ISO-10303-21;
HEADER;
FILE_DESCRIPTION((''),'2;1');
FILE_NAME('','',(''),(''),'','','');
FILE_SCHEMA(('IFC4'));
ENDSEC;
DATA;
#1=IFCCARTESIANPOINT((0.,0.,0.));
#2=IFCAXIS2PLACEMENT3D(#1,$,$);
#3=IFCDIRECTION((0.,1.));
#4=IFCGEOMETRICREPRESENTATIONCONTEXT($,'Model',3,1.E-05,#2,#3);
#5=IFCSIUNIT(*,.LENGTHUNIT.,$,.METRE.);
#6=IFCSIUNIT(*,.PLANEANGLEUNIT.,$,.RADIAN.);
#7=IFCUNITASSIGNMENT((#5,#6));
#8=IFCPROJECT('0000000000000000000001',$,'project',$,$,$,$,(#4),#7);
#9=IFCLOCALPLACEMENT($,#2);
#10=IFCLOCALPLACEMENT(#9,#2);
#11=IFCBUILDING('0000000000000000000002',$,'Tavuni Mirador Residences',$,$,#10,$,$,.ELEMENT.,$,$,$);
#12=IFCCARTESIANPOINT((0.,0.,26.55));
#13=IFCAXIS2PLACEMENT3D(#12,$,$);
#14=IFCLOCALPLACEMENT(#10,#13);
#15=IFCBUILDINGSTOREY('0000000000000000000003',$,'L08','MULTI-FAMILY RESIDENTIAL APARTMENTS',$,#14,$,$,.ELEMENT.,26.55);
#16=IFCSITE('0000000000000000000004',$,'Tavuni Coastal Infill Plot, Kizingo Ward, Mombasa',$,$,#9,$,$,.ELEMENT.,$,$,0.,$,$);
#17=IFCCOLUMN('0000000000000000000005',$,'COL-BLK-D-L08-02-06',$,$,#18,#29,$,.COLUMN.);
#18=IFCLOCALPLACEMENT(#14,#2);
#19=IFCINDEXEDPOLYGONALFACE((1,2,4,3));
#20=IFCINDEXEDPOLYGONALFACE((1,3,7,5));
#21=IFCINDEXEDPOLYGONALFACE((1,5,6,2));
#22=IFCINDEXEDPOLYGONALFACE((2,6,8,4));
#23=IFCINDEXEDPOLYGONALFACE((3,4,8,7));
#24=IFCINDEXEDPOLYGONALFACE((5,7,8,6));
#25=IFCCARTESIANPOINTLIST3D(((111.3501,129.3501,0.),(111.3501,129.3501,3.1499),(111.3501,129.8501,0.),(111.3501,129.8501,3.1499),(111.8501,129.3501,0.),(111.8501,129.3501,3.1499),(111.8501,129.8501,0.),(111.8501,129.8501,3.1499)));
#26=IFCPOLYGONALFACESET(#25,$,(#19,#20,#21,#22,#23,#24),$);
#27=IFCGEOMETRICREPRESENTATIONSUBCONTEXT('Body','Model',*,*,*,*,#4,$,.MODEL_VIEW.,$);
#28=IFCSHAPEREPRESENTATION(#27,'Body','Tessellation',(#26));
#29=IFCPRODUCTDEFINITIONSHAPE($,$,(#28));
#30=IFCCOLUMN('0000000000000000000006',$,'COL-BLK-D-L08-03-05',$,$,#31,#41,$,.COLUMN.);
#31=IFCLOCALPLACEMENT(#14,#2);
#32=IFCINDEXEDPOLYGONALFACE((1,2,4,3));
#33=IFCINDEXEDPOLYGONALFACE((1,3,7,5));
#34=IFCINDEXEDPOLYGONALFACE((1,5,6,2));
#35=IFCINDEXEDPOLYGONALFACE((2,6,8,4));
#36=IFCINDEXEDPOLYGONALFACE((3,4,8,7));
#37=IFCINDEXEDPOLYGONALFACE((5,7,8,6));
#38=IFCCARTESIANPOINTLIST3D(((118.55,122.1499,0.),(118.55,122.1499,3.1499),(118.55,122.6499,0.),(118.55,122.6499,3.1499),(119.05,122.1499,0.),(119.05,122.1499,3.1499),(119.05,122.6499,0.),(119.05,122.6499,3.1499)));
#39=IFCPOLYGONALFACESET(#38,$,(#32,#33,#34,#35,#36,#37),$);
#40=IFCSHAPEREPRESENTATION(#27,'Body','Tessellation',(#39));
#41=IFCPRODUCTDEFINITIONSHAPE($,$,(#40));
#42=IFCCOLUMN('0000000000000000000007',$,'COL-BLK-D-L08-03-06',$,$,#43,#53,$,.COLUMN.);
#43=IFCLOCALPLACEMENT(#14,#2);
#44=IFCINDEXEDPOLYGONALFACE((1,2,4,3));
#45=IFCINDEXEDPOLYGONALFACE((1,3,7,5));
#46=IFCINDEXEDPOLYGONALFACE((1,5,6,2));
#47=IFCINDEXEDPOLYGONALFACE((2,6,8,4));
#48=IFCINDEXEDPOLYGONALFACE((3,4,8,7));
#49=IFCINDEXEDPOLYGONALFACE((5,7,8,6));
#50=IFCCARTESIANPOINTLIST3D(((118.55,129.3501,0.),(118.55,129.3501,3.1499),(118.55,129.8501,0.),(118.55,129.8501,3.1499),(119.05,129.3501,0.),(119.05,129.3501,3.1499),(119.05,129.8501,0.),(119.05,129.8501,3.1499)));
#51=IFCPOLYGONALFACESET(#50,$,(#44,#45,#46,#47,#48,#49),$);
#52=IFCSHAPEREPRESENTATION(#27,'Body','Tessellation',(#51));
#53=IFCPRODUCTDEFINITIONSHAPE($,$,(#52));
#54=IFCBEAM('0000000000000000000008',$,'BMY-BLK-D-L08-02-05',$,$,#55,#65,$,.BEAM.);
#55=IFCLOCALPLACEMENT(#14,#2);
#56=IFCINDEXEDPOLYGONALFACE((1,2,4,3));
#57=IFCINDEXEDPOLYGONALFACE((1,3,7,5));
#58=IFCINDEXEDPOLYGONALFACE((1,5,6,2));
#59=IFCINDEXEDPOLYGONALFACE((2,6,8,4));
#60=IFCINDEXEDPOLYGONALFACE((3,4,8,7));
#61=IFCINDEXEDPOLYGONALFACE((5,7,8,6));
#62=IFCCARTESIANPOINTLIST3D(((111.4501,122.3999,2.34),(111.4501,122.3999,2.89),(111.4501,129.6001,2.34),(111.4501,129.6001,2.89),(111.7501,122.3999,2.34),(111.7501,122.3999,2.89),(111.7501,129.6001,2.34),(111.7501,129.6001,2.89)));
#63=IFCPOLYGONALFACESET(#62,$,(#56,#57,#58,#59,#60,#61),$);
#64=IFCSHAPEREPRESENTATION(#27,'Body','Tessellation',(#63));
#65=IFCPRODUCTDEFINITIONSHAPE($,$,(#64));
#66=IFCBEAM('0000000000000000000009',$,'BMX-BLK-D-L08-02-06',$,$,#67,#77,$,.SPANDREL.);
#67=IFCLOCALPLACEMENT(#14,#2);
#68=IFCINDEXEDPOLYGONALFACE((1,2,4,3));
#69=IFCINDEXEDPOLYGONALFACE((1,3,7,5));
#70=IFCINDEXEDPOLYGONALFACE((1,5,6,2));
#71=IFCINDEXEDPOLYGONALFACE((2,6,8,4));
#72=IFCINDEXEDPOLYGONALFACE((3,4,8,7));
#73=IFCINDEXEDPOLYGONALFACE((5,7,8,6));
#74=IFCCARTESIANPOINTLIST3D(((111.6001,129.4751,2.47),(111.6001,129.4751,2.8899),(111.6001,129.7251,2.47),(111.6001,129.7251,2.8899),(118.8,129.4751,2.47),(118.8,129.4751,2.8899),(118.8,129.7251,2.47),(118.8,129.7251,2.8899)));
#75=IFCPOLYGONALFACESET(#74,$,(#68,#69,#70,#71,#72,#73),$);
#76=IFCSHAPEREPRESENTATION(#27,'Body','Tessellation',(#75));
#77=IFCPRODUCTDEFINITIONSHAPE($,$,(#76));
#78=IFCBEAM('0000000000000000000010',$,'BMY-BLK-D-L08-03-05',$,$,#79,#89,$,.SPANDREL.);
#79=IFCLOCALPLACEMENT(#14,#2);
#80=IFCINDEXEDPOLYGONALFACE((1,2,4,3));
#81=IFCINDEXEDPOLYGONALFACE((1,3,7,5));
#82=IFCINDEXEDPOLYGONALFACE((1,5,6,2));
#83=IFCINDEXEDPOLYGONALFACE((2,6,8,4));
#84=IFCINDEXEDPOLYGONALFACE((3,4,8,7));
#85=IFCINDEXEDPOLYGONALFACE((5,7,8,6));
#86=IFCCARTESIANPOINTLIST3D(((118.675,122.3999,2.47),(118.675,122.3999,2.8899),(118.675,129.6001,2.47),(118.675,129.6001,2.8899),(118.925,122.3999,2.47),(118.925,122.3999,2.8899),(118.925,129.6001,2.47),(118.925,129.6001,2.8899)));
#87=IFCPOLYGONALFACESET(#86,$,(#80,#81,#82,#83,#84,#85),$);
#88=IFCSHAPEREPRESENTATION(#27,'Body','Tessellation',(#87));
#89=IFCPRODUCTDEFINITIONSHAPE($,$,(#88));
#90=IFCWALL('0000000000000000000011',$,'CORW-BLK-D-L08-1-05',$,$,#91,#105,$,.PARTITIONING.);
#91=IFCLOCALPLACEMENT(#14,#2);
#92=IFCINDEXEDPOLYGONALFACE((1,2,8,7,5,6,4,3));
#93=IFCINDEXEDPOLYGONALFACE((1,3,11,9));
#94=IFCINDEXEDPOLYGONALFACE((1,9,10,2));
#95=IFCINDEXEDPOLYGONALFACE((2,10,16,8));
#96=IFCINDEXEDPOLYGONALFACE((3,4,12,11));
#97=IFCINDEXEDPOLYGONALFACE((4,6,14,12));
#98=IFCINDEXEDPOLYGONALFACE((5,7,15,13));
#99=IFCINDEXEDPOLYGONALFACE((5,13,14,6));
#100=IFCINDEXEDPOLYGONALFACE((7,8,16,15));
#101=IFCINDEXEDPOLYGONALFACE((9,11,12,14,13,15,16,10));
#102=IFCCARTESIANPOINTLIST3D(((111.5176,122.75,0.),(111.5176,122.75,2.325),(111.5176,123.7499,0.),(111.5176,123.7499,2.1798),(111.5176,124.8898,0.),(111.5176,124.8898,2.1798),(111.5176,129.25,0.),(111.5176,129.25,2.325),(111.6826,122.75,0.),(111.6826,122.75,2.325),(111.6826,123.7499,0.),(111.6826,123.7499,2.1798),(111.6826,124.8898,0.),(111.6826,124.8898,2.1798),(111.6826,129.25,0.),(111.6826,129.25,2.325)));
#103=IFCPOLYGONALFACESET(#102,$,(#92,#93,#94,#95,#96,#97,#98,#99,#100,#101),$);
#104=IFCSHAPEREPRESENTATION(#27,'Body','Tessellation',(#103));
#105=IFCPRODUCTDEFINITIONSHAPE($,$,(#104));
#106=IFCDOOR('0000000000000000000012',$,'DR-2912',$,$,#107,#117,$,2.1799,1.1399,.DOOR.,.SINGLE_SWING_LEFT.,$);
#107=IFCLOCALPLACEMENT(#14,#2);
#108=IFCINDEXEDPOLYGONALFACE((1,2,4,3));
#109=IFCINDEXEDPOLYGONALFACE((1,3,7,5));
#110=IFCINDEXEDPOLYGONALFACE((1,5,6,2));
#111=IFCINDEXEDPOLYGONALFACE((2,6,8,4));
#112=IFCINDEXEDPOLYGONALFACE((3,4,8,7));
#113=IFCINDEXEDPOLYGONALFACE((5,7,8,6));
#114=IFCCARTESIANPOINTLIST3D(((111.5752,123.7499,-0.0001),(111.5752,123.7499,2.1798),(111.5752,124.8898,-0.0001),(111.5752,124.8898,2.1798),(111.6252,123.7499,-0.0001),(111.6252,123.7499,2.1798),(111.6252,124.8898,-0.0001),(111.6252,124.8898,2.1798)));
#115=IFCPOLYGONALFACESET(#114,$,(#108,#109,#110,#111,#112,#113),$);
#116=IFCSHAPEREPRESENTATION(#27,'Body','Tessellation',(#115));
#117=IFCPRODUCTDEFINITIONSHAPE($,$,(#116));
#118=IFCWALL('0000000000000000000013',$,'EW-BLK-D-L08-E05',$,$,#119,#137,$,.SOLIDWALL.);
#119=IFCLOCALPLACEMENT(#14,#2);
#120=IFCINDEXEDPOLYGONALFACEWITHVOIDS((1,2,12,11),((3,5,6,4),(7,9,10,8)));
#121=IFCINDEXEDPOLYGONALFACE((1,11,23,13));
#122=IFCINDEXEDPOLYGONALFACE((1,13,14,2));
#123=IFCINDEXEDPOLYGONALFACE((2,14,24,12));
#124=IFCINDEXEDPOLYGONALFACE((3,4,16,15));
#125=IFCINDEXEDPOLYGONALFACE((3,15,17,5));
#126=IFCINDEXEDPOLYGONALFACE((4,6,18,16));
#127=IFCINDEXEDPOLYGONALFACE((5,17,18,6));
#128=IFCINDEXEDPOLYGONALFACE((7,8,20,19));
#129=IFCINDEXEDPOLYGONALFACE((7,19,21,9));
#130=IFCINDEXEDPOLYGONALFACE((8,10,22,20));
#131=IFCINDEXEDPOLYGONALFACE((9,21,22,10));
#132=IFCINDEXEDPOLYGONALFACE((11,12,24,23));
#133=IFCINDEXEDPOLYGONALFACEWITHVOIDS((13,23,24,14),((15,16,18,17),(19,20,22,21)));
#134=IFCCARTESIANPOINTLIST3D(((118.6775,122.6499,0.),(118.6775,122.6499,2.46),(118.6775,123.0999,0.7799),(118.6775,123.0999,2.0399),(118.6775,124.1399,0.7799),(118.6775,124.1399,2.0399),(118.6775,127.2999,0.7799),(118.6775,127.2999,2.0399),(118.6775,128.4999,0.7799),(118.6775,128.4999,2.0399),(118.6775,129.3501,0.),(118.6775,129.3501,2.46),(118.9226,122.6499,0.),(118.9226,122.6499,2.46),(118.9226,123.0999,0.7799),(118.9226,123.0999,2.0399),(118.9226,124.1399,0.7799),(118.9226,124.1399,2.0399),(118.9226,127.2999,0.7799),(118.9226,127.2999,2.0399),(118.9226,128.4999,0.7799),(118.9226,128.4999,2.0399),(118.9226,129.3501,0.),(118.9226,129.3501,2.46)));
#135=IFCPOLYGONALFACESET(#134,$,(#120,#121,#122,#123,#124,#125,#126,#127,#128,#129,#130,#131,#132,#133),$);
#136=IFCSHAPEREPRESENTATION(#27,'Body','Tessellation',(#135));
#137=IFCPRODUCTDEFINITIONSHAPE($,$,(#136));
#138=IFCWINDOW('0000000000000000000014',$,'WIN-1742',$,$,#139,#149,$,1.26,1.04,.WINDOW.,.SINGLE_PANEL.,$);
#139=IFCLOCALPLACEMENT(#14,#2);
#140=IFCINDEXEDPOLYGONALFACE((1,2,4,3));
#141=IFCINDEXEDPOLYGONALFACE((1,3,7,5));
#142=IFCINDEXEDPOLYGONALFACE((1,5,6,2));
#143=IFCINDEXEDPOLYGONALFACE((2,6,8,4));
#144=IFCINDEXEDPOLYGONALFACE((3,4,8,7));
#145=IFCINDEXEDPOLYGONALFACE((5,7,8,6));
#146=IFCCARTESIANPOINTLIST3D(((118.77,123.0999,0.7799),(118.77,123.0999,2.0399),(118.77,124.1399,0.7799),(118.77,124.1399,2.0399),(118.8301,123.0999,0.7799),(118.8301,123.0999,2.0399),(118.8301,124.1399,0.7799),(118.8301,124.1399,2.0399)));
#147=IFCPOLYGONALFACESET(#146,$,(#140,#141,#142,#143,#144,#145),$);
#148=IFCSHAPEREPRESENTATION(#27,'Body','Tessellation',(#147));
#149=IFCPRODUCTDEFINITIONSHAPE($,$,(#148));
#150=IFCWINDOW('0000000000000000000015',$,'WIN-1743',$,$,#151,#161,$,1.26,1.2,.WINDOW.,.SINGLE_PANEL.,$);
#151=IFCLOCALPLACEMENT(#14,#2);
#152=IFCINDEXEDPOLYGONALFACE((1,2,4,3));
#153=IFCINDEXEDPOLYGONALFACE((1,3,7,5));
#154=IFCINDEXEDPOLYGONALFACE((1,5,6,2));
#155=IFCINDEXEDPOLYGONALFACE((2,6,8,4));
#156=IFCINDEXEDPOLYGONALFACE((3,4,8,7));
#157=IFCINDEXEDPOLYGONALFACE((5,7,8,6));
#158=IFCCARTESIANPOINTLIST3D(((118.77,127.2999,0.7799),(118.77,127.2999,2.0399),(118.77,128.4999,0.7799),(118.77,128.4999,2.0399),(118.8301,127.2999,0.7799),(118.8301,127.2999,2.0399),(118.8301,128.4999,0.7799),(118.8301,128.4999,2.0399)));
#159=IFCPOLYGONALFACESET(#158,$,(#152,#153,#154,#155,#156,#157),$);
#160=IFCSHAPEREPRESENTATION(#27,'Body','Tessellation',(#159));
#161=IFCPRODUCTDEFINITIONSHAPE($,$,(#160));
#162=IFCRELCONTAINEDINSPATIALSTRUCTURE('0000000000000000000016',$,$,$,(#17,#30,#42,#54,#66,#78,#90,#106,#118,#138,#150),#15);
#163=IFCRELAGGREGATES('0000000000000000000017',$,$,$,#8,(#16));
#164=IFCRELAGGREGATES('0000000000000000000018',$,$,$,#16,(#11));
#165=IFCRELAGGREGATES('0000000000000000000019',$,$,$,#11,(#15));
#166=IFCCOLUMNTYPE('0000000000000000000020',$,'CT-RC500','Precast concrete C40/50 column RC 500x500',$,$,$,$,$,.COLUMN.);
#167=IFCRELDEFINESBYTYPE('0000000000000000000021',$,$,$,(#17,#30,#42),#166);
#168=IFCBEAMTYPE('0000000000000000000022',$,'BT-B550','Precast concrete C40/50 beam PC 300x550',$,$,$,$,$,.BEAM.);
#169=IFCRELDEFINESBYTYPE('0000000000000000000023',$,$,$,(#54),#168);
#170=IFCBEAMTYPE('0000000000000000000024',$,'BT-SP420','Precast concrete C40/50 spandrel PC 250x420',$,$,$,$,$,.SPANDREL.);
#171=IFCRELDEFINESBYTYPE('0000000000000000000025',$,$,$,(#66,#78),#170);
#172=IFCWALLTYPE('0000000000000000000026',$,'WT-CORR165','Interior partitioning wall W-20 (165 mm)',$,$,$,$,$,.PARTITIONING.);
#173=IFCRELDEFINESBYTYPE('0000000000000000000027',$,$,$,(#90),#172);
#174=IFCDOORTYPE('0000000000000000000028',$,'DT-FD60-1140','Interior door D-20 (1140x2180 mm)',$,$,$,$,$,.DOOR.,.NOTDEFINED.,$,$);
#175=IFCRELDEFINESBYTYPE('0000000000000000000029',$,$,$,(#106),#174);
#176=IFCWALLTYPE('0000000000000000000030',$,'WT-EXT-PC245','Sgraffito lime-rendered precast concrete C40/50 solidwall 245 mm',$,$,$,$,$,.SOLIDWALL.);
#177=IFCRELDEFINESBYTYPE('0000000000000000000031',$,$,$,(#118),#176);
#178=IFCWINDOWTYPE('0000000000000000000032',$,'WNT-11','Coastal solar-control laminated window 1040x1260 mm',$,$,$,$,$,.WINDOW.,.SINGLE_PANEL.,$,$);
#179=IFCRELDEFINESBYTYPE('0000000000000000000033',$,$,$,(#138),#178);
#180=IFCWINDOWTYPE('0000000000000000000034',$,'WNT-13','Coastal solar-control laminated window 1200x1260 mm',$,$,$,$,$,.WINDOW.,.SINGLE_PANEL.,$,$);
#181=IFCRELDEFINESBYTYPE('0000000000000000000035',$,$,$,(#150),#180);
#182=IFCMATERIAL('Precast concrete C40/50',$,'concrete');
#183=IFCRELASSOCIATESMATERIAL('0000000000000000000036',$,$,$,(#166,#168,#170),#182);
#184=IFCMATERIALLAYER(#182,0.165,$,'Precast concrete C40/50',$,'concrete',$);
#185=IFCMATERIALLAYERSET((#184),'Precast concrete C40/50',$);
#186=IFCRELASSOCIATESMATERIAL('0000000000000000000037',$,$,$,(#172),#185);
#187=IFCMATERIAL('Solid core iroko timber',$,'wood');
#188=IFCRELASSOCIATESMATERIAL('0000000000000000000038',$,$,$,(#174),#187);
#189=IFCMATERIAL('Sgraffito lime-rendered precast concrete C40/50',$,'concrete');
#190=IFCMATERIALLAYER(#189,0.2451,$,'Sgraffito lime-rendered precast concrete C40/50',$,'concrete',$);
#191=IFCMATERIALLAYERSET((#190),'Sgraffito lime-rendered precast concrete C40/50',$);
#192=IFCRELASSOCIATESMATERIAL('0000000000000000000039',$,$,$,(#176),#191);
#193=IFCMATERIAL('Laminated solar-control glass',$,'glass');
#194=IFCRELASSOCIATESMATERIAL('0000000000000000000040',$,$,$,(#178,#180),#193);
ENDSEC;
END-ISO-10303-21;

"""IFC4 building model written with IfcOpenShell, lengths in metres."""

from ifc_helpers import new_model, si_unit, direction, frame, frame_2d, origin, origin_2d, place, context, subcontext, project, spatial, rectangle, extrude, material, layer, layer_set, material_profile, profile_set, type_object, element, fill, save


model = new_model("IFC4")

# Units and contexts
model_context = context("Model", 3, precision=1e-05, world=origin(), true_north=direction((0.0, 1.0)))
body_context = subcontext(model_context, "Body", "Model", "MODEL_VIEW")
ifc_project = project(units=[si_unit("LENGTHUNIT", "METRE"), si_unit("PLANEANGLEUNIT", "RADIAN")], contexts=[model_context])

# Site, building, storey
site_placement = place(None, origin())
site = spatial("IfcSite", under=ifc_project, at=site_placement, Name="Tavuni Coastal Infill Plot, Kizingo Ward, Mombasa", CompositionType="ELEMENT", RefElevation=0.0)
building_placement = place(site_placement, origin())
building = spatial("IfcBuilding", under=site, at=building_placement, Name="Tavuni Mirador Residences", CompositionType="ELEMENT")
storey_placement = place(building_placement, frame((0.0, 0.0, 26.55)))
storey = spatial("IfcBuildingStorey", under=building, at=storey_placement, Name="L08", Description="MULTI-FAMILY RESIDENTIAL APARTMENTS", CompositionType="ELEMENT", Elevation=26.55)

# Columns
ifc_material_1 = material(Name="Precast concrete C40/50", Category="concrete")
ifc_material_profile_1 = material_profile(ifc_material_1, rectangle(XDim=0.5, YDim=0.5, at=origin_2d()), Name="RC 500x500", Category="concrete")
ifc_profile_set_1 = profile_set([ifc_material_profile_1], Name="Precast concrete C40/50")
column_type = type_object("IfcColumnType", Name="CT-RC500", Description="Precast concrete C40/50 column RC 500x500", PredefinedType="COLUMN", material=ifc_profile_set_1)
for number, where, z_axis, x_axis, name in (
    (1, (111.6001, 129.6001, 0.0), (0.0, 0.0, 1.0), (1.0, 0.0, 0.0), "COL-BLK-D-L08-02-06"),
    (2, (118.8, 122.3999, 0.0), (0.0, 0.0, 1.0), (1.0, 0.0, 0.0), "COL-BLK-D-L08-03-05"),
    (3, (118.8, 129.6001, 0.0), (0.0, 0.0, 1.0), (1.0, 0.0, 0.0), "COL-BLK-D-L08-03-06"),
):
    element("IfcColumn", number, at=place(storey_placement, frame(where, z_axis=z_axis, x_axis=x_axis)), inside=storey, type_object=column_type, Name=name, PredefinedType="COLUMN", context=body_context, shape_type="SweptSolid", body=[
        extrude(rectangle(XDim=0.5, YDim=0.5, at=origin_2d()), origin(), (0.0, 0.0, 1.0), 3.1499),
    ])

# Beams
ifc_material_profile_2 = material_profile(ifc_material_1, rectangle(XDim=0.3, YDim=0.55, at=origin_2d()), Name="PC 300x550", Category="concrete")
ifc_profile_set_2 = profile_set([ifc_material_profile_2], Name="Precast concrete C40/50")
beam_type_1 = type_object("IfcBeamType", Name="BT-B550", Description="Precast concrete C40/50 beam PC 300x550", PredefinedType="BEAM", material=ifc_profile_set_2)
beam_1_placement = place(storey_placement, frame((111.6001, 122.3999, 2.615), z_axis=(0.0, 1.0, 0.0), x_axis=(-1.0, 0.0, 0.0)))
element("IfcBeam", 4, at=beam_1_placement, inside=storey, type_object=beam_type_1, Name="BMY-BLK-D-L08-02-05", PredefinedType="BEAM", context=body_context, shape_type="SweptSolid", body=[
    extrude(rectangle(XDim=0.3, YDim=0.55, at=origin_2d()), origin(), (0.0, 0.0, 1.0), 7.2002),
])
ifc_material_profile_3 = material_profile(ifc_material_1, rectangle(XDim=0.25, YDim=0.4199, at=origin_2d()), Name="PC 250x420", Category="concrete")
ifc_profile_set_3 = profile_set([ifc_material_profile_3], Name="Precast concrete C40/50")
beam_type_2 = type_object("IfcBeamType", Name="BT-SP420", Description="Precast concrete C40/50 spandrel PC 250x420", PredefinedType="SPANDREL", material=ifc_profile_set_3)
beam_2_placement = place(storey_placement, frame((111.6001, 129.6001, 2.6799), z_axis=(1.0, 0.0, 0.0), x_axis=(0.0, 1.0, 0.0)))
element("IfcBeam", 5, at=beam_2_placement, inside=storey, type_object=beam_type_2, Name="BMX-BLK-D-L08-02-06", PredefinedType="SPANDREL", context=body_context, shape_type="SweptSolid", body=[
    extrude(rectangle(XDim=0.25, YDim=0.4199, at=origin_2d()), origin(), (0.0, 0.0, 1.0), 7.2),
])
beam_3_placement = place(storey_placement, frame((118.8, 122.3999, 2.6799), z_axis=(0.0, 1.0, 0.0), x_axis=(-1.0, 0.0, 0.0)))
element("IfcBeam", 6, at=beam_3_placement, inside=storey, type_object=beam_type_2, Name="BMY-BLK-D-L08-03-05", PredefinedType="SPANDREL", context=body_context, shape_type="SweptSolid", body=[
    extrude(rectangle(XDim=0.25, YDim=0.4199, at=origin_2d()), origin(), (0.0, 0.0, 1.0), 7.2002),
])

# Wall, opening, door
ifc_layer_1 = layer(ifc_material_1, 0.165, Name="Precast concrete C40/50", Category="concrete")
ifc_layer_set_1 = layer_set([ifc_layer_1], Name="Precast concrete C40/50")
wall_type_1 = type_object("IfcWallType", Name="WT-CORR165", Description="Interior partitioning wall W-20 (165 mm)", PredefinedType="PARTITIONING", material=ifc_layer_set_1)
wall_1_placement = place(storey_placement, frame((111.6001, 122.75, 0.0), z_axis=(0.0, 0.0, 1.0), x_axis=(0.0, 1.0, 0.0)))
wall_1 = element("IfcWall", 7, at=wall_1_placement, inside=storey, type_object=wall_type_1, Name="CORW-BLK-D-L08-1-05", PredefinedType="PARTITIONING", context=body_context, shape_type="SweptSolid", body=[
    extrude(rectangle(XDim=6.5, YDim=0.165, at=frame_2d((3.25, 0.0))), origin(), (0.0, 0.0, 1.0), 2.325),
])
opening_1_placement = place(wall_1_placement, frame((1.0, 0.0, 0.0)))
opening_1 = element("IfcOpeningElement", 8, at=opening_1_placement, cuts=wall_1, PredefinedType="OPENING", context=body_context, shape_type="SweptSolid", body=[
    extrude(rectangle(XDim=1.1399, YDim=2.1799, at=frame_2d((0.5698, 1.0898))), frame((0.0, 0.0925, 0.0), z_axis=(0.0, -1.0, 0.0), x_axis=(1.0, 0.0, 0.0)), (0.0, 0.0, 1.0), 0.1851),
])
ifc_material_2 = material(Name="Solid core iroko timber", Category="wood")
door_type_1 = type_object("IfcDoorType", Name="DT-FD60-1140", Description="Interior door D-20 (1140x2180 mm)", OperationType="NOTDEFINED", PredefinedType="DOOR", material=ifc_material_2)
door_1_placement = place(opening_1_placement, origin())
door_1 = element("IfcDoor", 9, at=door_1_placement, inside=storey, type_object=door_type_1, Name="DR-2912", OperationType="SINGLE_SWING_LEFT", OverallHeight=2.1799, OverallWidth=1.1399, PredefinedType="DOOR", context=body_context, shape_type="SweptSolid", body=[
    extrude(rectangle(XDim=1.1399, YDim=2.1799, at=frame_2d((0.5698, 1.0898))), frame((0.0, 0.0249, 0.0), z_axis=(0.0, -1.0, 0.0), x_axis=(1.0, 0.0, 0.0)), (0.0, 0.0, 1.0), 0.05),
])
fill(opening_1, door_1)

# Wall, openings, windows
ifc_material_3 = material(Name="Sgraffito lime-rendered precast concrete C40/50", Category="concrete")
ifc_layer_2 = layer(ifc_material_3, 0.2451, Name="Sgraffito lime-rendered precast concrete C40/50", Category="concrete")
ifc_layer_set_2 = layer_set([ifc_layer_2], Name="Sgraffito lime-rendered precast concrete C40/50")
wall_type_2 = type_object("IfcWallType", Name="WT-EXT-PC245", Description="Sgraffito lime-rendered precast concrete C40/50 solidwall 245 mm", PredefinedType="SOLIDWALL", material=ifc_layer_set_2)
wall_2_placement = place(storey_placement, frame((118.8, 122.6499, 0.0), z_axis=(0.0, 0.0, 1.0), x_axis=(0.0, 1.0, 0.0)))
wall_2 = element("IfcWall", 10, at=wall_2_placement, inside=storey, type_object=wall_type_2, Name="EW-BLK-D-L08-E05", PredefinedType="SOLIDWALL", context=body_context, shape_type="SweptSolid", body=[
    extrude(rectangle(XDim=6.7002, YDim=0.2451, at=frame_2d((3.3501, 0.0))), origin(), (0.0, 0.0, 1.0), 2.46),
])
opening_2_placement = place(wall_2_placement, frame((0.45, 0.0, 0.78)))
opening_2 = element("IfcOpeningElement", 11, at=opening_2_placement, cuts=wall_2, PredefinedType="OPENING", context=body_context, shape_type="SweptSolid", body=[
    extrude(rectangle(XDim=1.04, YDim=1.26, at=frame_2d((0.52, 0.6299))), frame((0.0, 0.1326, 0.0), z_axis=(0.0, -1.0, 0.0), x_axis=(1.0, 0.0, 0.0)), (0.0, 0.0, 1.0), 0.2651),
])
opening_3_placement = place(wall_2_placement, frame((4.6499, 0.0, 0.78)))
opening_3 = element("IfcOpeningElement", 12, at=opening_3_placement, cuts=wall_2, PredefinedType="OPENING", context=body_context, shape_type="SweptSolid", body=[
    extrude(rectangle(XDim=1.2, YDim=1.26, at=frame_2d((0.6001, 0.6299))), frame((0.0, 0.1326, 0.0), z_axis=(0.0, -1.0, 0.0), x_axis=(1.0, 0.0, 0.0)), (0.0, 0.0, 1.0), 0.2651),
])
ifc_material_4 = material(Name="Laminated solar-control glass", Category="glass")
window_type_1 = type_object("IfcWindowType", Name="WNT-11", Description="Coastal solar-control laminated window 1040x1260 mm", PartitioningType="SINGLE_PANEL", PredefinedType="WINDOW", material=ifc_material_4)
window_1_placement = place(opening_2_placement, origin())
window_1 = element("IfcWindow", 13, at=window_1_placement, inside=storey, type_object=window_type_1, Name="WIN-1742", OverallHeight=1.26, OverallWidth=1.04, PartitioningType="SINGLE_PANEL", PredefinedType="WINDOW", context=body_context, shape_type="SweptSolid", body=[
    extrude(rectangle(XDim=1.04, YDim=1.26, at=frame_2d((0.52, 0.6299))), frame((0.0, 0.03, 0.0), z_axis=(0.0, -1.0, 0.0), x_axis=(1.0, 0.0, 0.0)), (0.0, 0.0, 1.0), 0.0601),
])
fill(opening_2, window_1)
window_type_2 = type_object("IfcWindowType", Name="WNT-13", Description="Coastal solar-control laminated window 1200x1260 mm", PartitioningType="SINGLE_PANEL", PredefinedType="WINDOW", material=ifc_material_4)
window_2_placement = place(opening_3_placement, origin())
window_2 = element("IfcWindow", 14, at=window_2_placement, inside=storey, type_object=window_type_2, Name="WIN-1743", OverallHeight=1.26, OverallWidth=1.2, PartitioningType="SINGLE_PANEL", PredefinedType="WINDOW", context=body_context, shape_type="SweptSolid", body=[
    extrude(rectangle(XDim=1.2, YDim=1.26, at=frame_2d((0.6001, 0.6299))), frame((0.0, 0.03, 0.0), z_axis=(0.0, -1.0, 0.0), x_axis=(1.0, 0.0, 0.0)), (0.0, 0.0, 1.0), 0.0601),
])
fill(opening_3, window_2)

save(model, "model.ifc")
